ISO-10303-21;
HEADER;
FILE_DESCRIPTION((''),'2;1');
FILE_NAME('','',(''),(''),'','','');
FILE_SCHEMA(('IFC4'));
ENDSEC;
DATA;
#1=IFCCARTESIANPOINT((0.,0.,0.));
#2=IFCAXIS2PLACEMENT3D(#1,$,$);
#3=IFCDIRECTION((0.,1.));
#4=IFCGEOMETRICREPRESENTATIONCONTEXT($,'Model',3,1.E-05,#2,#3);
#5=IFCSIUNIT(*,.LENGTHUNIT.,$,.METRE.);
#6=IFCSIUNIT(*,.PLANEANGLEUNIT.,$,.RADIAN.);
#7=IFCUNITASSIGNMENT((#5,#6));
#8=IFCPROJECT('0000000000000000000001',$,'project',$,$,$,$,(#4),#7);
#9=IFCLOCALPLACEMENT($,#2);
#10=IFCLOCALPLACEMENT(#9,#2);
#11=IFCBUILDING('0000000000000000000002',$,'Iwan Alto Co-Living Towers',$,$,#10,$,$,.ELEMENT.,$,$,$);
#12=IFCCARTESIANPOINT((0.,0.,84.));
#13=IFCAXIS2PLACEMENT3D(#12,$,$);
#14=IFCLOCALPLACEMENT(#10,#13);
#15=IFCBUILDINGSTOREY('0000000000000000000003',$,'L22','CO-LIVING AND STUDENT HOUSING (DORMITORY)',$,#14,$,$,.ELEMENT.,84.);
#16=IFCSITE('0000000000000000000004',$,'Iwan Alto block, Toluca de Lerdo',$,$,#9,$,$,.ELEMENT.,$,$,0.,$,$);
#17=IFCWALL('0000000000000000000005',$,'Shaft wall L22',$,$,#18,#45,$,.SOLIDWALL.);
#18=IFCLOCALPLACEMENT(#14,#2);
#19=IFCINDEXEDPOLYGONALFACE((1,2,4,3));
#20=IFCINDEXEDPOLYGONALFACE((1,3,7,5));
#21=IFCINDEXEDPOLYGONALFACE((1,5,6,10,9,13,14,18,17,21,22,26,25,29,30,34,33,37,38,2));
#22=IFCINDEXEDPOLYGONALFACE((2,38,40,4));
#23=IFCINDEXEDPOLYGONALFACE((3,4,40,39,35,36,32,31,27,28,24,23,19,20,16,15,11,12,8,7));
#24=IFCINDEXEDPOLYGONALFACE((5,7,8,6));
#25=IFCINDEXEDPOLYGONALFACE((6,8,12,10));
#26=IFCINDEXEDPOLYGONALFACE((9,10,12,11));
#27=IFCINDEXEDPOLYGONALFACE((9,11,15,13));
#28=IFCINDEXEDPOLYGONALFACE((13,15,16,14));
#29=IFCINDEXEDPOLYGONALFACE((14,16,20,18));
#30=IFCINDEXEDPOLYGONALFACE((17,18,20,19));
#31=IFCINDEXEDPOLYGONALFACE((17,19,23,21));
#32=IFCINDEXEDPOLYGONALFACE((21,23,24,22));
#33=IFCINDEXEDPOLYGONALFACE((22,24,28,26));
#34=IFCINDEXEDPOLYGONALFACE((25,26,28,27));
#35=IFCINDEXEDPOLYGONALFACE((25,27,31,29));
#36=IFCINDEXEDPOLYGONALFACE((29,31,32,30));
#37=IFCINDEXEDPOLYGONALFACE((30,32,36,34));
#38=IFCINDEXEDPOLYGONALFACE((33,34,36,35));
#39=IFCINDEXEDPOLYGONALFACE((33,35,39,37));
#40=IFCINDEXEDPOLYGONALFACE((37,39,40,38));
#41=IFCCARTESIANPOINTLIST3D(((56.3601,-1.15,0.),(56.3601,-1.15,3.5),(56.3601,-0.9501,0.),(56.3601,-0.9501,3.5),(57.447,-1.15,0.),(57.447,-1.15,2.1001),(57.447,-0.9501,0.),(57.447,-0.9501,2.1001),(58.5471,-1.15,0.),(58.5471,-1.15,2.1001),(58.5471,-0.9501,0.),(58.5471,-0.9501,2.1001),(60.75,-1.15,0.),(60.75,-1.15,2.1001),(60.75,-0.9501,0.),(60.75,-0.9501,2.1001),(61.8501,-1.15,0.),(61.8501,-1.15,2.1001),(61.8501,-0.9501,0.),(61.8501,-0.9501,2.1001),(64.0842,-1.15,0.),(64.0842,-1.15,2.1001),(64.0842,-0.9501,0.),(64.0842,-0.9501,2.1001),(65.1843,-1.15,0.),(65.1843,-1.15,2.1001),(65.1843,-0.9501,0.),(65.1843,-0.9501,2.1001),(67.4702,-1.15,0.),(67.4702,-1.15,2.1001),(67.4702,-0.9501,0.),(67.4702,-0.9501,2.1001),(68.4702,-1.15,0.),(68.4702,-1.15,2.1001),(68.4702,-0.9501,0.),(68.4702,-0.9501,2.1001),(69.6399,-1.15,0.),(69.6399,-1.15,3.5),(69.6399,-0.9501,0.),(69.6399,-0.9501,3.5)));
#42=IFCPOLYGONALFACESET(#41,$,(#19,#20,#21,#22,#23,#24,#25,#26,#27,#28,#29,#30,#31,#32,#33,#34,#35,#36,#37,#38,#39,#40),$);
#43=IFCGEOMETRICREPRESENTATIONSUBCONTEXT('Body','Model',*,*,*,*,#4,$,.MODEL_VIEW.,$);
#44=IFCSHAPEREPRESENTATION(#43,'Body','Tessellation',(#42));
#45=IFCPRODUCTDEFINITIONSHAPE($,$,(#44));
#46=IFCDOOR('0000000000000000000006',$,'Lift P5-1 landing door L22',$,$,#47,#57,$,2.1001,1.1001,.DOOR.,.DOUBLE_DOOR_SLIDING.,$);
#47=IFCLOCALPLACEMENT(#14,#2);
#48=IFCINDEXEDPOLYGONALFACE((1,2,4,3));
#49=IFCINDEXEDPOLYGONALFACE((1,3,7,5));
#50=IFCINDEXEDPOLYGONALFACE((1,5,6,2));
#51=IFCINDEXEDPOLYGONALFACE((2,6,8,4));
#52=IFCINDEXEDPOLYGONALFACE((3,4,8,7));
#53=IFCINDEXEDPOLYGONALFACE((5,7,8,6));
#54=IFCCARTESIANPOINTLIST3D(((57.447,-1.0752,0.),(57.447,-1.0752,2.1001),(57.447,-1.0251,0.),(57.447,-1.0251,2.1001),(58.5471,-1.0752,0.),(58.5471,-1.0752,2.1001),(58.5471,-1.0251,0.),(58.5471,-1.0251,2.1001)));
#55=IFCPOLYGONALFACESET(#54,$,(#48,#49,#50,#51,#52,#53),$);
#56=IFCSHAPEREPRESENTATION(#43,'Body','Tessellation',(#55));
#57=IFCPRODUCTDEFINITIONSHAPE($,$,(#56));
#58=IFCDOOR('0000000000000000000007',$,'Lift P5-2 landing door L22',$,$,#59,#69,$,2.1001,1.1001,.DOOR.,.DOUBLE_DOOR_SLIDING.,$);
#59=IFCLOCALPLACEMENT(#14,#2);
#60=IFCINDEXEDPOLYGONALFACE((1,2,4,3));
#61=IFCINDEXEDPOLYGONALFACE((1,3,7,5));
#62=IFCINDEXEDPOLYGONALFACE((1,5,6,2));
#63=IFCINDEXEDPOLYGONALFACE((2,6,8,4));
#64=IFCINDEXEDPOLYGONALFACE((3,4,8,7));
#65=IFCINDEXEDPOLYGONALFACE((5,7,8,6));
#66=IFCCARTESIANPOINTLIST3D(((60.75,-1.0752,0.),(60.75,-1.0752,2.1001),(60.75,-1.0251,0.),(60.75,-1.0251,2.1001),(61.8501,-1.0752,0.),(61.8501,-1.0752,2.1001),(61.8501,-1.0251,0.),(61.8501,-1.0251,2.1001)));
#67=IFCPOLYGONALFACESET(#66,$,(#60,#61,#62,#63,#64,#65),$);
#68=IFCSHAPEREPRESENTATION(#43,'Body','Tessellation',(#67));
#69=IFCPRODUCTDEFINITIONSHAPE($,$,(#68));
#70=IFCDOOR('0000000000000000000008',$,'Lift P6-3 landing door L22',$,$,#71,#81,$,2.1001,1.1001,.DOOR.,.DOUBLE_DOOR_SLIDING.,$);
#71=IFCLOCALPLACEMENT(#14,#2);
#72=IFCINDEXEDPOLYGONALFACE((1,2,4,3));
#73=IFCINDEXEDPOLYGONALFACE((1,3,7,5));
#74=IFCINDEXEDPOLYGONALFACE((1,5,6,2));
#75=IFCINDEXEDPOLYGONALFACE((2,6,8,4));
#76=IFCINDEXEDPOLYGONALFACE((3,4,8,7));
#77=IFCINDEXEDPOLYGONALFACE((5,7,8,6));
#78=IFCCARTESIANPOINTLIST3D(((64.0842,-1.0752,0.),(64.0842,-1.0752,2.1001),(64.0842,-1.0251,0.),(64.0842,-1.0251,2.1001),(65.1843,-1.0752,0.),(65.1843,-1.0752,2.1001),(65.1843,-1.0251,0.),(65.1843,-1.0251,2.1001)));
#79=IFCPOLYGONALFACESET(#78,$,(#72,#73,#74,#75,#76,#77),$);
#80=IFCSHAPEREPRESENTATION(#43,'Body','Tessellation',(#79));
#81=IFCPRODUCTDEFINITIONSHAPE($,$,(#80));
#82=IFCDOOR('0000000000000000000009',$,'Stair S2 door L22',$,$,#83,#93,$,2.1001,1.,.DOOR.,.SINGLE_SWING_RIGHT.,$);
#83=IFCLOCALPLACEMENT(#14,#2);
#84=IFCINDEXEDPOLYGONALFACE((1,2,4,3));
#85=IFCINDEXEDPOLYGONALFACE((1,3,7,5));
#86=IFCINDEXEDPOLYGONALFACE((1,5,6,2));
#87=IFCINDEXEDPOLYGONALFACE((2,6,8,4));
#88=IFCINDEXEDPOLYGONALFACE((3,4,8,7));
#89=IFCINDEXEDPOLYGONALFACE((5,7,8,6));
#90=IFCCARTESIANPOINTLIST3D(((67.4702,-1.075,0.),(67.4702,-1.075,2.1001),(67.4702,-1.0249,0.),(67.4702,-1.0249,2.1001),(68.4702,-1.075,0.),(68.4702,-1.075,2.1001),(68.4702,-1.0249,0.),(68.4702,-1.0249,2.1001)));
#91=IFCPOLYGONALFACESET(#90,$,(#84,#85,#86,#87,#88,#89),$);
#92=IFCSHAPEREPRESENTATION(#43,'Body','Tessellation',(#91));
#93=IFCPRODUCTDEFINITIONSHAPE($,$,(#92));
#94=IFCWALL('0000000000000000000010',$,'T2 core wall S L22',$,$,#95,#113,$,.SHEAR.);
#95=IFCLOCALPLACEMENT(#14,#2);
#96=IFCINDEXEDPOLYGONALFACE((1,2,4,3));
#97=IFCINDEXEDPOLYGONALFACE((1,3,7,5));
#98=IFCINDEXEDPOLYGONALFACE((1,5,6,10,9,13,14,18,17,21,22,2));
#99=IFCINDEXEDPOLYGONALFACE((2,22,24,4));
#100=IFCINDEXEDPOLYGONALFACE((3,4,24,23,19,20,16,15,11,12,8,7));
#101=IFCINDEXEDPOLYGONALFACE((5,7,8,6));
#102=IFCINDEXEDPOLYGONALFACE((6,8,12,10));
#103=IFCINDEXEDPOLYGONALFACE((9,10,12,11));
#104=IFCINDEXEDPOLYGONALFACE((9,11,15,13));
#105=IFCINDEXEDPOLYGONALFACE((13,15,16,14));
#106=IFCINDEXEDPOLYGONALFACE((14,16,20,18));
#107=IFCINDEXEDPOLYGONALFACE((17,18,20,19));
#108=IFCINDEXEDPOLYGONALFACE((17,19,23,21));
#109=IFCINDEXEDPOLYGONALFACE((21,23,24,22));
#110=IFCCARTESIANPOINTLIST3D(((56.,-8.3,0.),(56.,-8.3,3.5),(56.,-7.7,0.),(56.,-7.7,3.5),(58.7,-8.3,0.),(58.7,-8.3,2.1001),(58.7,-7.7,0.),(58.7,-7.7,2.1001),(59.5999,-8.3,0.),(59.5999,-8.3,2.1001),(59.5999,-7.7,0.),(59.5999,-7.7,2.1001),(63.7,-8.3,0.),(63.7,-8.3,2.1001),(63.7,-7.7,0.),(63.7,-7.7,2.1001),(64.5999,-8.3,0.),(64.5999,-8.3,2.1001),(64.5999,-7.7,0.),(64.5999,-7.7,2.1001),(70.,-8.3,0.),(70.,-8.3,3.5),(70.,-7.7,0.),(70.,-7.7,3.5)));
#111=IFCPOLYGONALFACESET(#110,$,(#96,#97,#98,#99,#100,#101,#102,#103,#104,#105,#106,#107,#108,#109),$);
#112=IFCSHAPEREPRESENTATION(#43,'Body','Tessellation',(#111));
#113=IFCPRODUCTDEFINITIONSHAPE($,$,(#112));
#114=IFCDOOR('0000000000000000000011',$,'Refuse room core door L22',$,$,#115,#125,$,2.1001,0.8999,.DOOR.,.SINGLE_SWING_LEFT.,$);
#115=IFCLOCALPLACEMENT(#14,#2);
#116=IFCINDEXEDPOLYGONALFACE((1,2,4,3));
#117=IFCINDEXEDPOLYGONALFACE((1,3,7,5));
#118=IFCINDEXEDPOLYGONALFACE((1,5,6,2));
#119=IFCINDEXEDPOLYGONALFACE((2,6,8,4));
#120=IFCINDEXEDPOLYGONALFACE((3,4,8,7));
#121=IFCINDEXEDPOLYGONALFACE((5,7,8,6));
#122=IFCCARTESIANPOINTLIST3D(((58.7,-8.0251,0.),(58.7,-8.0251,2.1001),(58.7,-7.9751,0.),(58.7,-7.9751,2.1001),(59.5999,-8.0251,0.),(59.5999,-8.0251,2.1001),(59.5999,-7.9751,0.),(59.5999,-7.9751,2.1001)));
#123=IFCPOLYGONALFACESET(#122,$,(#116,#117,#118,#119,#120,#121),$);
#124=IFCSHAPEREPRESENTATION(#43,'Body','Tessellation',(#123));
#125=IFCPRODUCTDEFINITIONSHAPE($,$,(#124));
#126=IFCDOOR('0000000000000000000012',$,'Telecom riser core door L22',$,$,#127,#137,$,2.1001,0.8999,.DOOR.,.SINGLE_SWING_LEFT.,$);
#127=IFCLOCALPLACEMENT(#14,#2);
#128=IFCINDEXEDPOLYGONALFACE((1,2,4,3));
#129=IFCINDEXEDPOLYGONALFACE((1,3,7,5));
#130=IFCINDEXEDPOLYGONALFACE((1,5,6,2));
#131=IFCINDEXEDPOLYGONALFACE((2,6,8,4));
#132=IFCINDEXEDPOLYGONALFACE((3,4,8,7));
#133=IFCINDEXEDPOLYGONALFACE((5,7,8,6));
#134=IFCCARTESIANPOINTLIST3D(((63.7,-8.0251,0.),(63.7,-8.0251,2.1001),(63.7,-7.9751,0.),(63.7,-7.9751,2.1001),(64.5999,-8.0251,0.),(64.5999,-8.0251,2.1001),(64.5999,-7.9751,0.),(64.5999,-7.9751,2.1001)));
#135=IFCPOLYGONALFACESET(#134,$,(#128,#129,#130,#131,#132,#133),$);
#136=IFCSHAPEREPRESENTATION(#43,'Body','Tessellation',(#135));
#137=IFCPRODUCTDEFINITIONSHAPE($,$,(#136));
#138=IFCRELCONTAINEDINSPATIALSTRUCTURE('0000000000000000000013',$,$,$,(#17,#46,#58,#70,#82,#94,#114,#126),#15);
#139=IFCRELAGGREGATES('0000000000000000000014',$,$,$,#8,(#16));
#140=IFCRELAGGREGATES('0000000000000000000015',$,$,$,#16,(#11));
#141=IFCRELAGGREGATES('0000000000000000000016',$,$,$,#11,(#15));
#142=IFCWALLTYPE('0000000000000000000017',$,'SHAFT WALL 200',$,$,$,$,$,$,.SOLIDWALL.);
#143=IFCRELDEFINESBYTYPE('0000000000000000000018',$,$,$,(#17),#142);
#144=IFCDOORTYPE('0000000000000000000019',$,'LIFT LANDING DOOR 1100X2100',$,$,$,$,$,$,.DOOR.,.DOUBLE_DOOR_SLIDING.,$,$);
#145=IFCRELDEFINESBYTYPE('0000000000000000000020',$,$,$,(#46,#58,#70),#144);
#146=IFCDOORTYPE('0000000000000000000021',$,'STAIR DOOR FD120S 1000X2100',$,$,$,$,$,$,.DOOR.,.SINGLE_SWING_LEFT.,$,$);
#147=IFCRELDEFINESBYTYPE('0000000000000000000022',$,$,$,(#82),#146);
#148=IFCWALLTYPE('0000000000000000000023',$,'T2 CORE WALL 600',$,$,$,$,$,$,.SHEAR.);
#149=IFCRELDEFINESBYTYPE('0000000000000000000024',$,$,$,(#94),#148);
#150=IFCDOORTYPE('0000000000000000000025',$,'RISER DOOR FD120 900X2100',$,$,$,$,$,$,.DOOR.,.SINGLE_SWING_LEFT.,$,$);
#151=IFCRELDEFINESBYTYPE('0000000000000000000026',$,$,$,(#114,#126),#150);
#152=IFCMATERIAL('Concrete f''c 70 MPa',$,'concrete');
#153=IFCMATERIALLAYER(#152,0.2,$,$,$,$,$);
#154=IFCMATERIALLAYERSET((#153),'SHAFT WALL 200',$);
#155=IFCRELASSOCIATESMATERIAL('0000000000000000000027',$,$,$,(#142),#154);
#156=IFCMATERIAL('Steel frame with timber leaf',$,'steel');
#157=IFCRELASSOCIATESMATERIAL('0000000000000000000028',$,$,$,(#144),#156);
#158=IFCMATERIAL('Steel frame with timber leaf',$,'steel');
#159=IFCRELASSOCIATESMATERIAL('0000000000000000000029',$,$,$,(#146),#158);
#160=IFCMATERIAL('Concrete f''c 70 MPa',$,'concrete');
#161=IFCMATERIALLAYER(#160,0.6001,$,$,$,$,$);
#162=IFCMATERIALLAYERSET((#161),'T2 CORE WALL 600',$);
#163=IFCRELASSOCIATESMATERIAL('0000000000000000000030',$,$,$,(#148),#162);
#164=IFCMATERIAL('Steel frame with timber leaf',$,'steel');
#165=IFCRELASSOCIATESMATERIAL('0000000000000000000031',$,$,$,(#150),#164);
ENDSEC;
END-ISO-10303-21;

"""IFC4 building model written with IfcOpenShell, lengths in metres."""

from ifc_helpers import new_model, si_unit, direction, frame, frame_2d, origin, place, context, subcontext, project, spatial, rectangle, extrude, material, layer, layer_set, type_object, element, fill, save


model = new_model("IFC4")

# Units and contexts
model_context = context("Model", 3, precision=1e-05, world=origin(), true_north=direction((0.0, 1.0)))
body_context = subcontext(model_context, "Body", "Model", "MODEL_VIEW")
ifc_project = project(units=[si_unit("LENGTHUNIT", "METRE"), si_unit("PLANEANGLEUNIT", "RADIAN")], contexts=[model_context])

# Site, building, storey
site_placement = place(None, origin())
site = spatial("IfcSite", under=ifc_project, at=site_placement, Name="Iwan Alto block, Toluca de Lerdo", CompositionType="ELEMENT", RefElevation=0.0)
building_placement = place(site_placement, origin())
building = spatial("IfcBuilding", under=site, at=building_placement, Name="Iwan Alto Co-Living Towers", CompositionType="ELEMENT")
storey_placement = place(building_placement, frame((0.0, 0.0, 84.0)))
storey = spatial("IfcBuildingStorey", under=building, at=storey_placement, Name="L22", Description="CO-LIVING AND STUDENT HOUSING (DORMITORY)", CompositionType="ELEMENT", Elevation=84.0)

# Shared definitions
ifc_material_1 = material(Name="Concrete f'c 70 MPa", Category="concrete")
ifc_layer_1 = layer(ifc_material_1, 0.2)
ifc_layer_set_1 = layer_set([ifc_layer_1], Name="SHAFT WALL 200")
wall_type_1 = type_object("IfcWallType", Name="SHAFT WALL 200", PredefinedType="SOLIDWALL", material=ifc_layer_set_1)

# Walls, openings, doors
wall_1_placement = place(storey_placement, frame((56.3601, -1.05, 0.0), z_axis=(0.0, 0.0, 1.0), x_axis=(1.0, 0.0, 0.0)))
wall_1 = element("IfcWall", 1, at=wall_1_placement, inside=storey, type_object=wall_type_1, Name="Shaft wall L22", PredefinedType="SOLIDWALL", context=body_context, shape_type="SweptSolid", body=[
    extrude(rectangle(XDim=13.2798, YDim=0.2, at=frame_2d((6.6399, 0.0))), origin(), (0.0, 0.0, 1.0), 3.5),
])
opening_1_placement = place(wall_1_placement, frame((11.1101, 0.0, 0.0)))
opening_1 = element("IfcOpeningElement", 2, at=opening_1_placement, cuts=wall_1, PredefinedType="OPENING", context=body_context, shape_type="SweptSolid", body=[
    extrude(rectangle(XDim=1.0, YDim=2.1001, at=frame_2d((0.5, 1.05))), frame((0.0, 0.1099, 0.0), z_axis=(0.0, -1.0, 0.0), x_axis=(1.0, 0.0, 0.0)), (0.0, 0.0, 1.0), 0.22),
])
opening_2_placement = place(wall_1_placement, frame((1.0869, 0.0, 0.0)))
opening_2 = element("IfcOpeningElement", 3, at=opening_2_placement, cuts=wall_1, PredefinedType="OPENING", context=body_context, shape_type="SweptSolid", body=[
    extrude(rectangle(XDim=1.1001, YDim=2.1001, at=frame_2d((0.55, 1.05))), frame((0.0, 0.1099, 0.0), z_axis=(0.0, -1.0, 0.0), x_axis=(1.0, 0.0, 0.0)), (0.0, 0.0, 1.0), 0.22),
])
opening_3_placement = place(wall_1_placement, frame((4.3899, 0.0, 0.0)))
opening_3 = element("IfcOpeningElement", 4, at=opening_3_placement, cuts=wall_1, PredefinedType="OPENING", context=body_context, shape_type="SweptSolid", body=[
    extrude(rectangle(XDim=1.1001, YDim=2.1001, at=frame_2d((0.55, 1.05))), frame((0.0, 0.1099, 0.0), z_axis=(0.0, -1.0, 0.0), x_axis=(1.0, 0.0, 0.0)), (0.0, 0.0, 1.0), 0.22),
])
opening_4_placement = place(wall_1_placement, frame((7.7241, 0.0, 0.0)))
opening_4 = element("IfcOpeningElement", 5, at=opening_4_placement, cuts=wall_1, PredefinedType="OPENING", context=body_context, shape_type="SweptSolid", body=[
    extrude(rectangle(XDim=1.1001, YDim=2.1001, at=frame_2d((0.55, 1.05))), frame((0.0, 0.1099, 0.0), z_axis=(0.0, -1.0, 0.0), x_axis=(1.0, 0.0, 0.0)), (0.0, 0.0, 1.0), 0.22),
])
ifc_material_2 = material(Name="Steel frame with timber leaf", Category="steel")
door_type_1 = type_object("IfcDoorType", Name="LIFT LANDING DOOR 1100X2100", OperationType="DOUBLE_DOOR_SLIDING", PredefinedType="DOOR", material=ifc_material_2)
door_1_placement = place(opening_2_placement, origin())
door_1 = element("IfcDoor", 6, at=door_1_placement, inside=storey, type_object=door_type_1, Name="Lift P5-1 landing door L22", OperationType="DOUBLE_DOOR_SLIDING", OverallHeight=2.1001, OverallWidth=1.1001, PredefinedType="DOOR", context=body_context, shape_type="SweptSolid", body=[
    extrude(rectangle(XDim=1.1001, YDim=2.1001, at=frame_2d((0.55, 1.05))), frame((0.0, 0.0249, 0.0), z_axis=(0.0, -1.0, 0.0), x_axis=(1.0, 0.0, 0.0)), (0.0, 0.0, 1.0), 0.05),
])
fill(opening_2, door_1)
door_2_placement = place(opening_3_placement, origin())
door_2 = element("IfcDoor", 7, at=door_2_placement, inside=storey, type_object=door_type_1, Name="Lift P5-2 landing door L22", OperationType="DOUBLE_DOOR_SLIDING", OverallHeight=2.1001, OverallWidth=1.1001, PredefinedType="DOOR", context=body_context, shape_type="SweptSolid", body=[
    extrude(rectangle(XDim=1.1001, YDim=2.1001, at=frame_2d((0.55, 1.05))), frame((0.0, 0.0249, 0.0), z_axis=(0.0, -1.0, 0.0), x_axis=(1.0, 0.0, 0.0)), (0.0, 0.0, 1.0), 0.05),
])
fill(opening_3, door_2)
door_3_placement = place(opening_4_placement, origin())
door_3 = element("IfcDoor", 8, at=door_3_placement, inside=storey, type_object=door_type_1, Name="Lift P6-3 landing door L22", OperationType="DOUBLE_DOOR_SLIDING", OverallHeight=2.1001, OverallWidth=1.1001, PredefinedType="DOOR", context=body_context, shape_type="SweptSolid", body=[
    extrude(rectangle(XDim=1.1001, YDim=2.1001, at=frame_2d((0.55, 1.05))), frame((0.0, 0.0249, 0.0), z_axis=(0.0, -1.0, 0.0), x_axis=(1.0, 0.0, 0.0)), (0.0, 0.0, 1.0), 0.05),
])
fill(opening_4, door_3)
ifc_material_3 = material(Name="Steel frame with timber leaf", Category="steel")
door_type_2 = type_object("IfcDoorType", Name="STAIR DOOR FD120S 1000X2100", OperationType="SINGLE_SWING_LEFT", PredefinedType="DOOR", material=ifc_material_3)
door_4_placement = place(opening_1_placement, frame((1.0, 0.0, 0.0), z_axis=(0.0, 0.0, 1.0), x_axis=(-1.0, 0.0, 0.0)))
door_4 = element("IfcDoor", 9, at=door_4_placement, inside=storey, type_object=door_type_2, Name="Stair S2 door L22", OperationType="SINGLE_SWING_RIGHT", OverallHeight=2.1001, OverallWidth=1.0, PredefinedType="DOOR", context=body_context, shape_type="SweptSolid", body=[
    extrude(rectangle(XDim=1.0, YDim=2.1001, at=frame_2d((0.5, 1.05))), frame((0.0, 0.0249, 0.0), z_axis=(0.0, -1.0, 0.0), x_axis=(1.0, 0.0, 0.0)), (0.0, 0.0, 1.0), 0.05),
])
fill(opening_1, door_4)
ifc_material_4 = material(Name="Concrete f'c 70 MPa", Category="concrete")
ifc_layer_2 = layer(ifc_material_4, 0.6001)
ifc_layer_set_2 = layer_set([ifc_layer_2], Name="T2 CORE WALL 600")
wall_type_2 = type_object("IfcWallType", Name="T2 CORE WALL 600", PredefinedType="SHEAR", material=ifc_layer_set_2)
wall_2_placement = place(storey_placement, frame((56.0, -8.0, 0.0), z_axis=(0.0, 0.0, 1.0), x_axis=(1.0, 0.0, 0.0)))
wall_2 = element("IfcWall", 10, at=wall_2_placement, inside=storey, type_object=wall_type_2, Name="T2 core wall S L22", PredefinedType="SHEAR", context=body_context, shape_type="SweptSolid", body=[
    extrude(rectangle(XDim=14.0, YDim=0.6001, at=frame_2d((7.0, 0.0))), origin(), (0.0, 0.0, 1.0), 3.5),
])
opening_5_placement = place(wall_2_placement, frame((2.7, 0.0, 0.0)))
opening_5 = element("IfcOpeningElement", 11, at=opening_5_placement, cuts=wall_2, PredefinedType="OPENING", context=body_context, shape_type="SweptSolid", body=[
    extrude(rectangle(XDim=0.8999, YDim=2.1001, at=frame_2d((0.45, 1.05))), frame((0.0, 0.3101, 0.0), z_axis=(0.0, -1.0, 0.0), x_axis=(1.0, 0.0, 0.0)), (0.0, 0.0, 1.0), 0.6201),
])
opening_6_placement = place(wall_2_placement, frame((7.7, 0.0, 0.0)))
opening_6 = element("IfcOpeningElement", 12, at=opening_6_placement, cuts=wall_2, PredefinedType="OPENING", context=body_context, shape_type="SweptSolid", body=[
    extrude(rectangle(XDim=0.8999, YDim=2.1001, at=frame_2d((0.45, 1.05))), frame((0.0, 0.3101, 0.0), z_axis=(0.0, -1.0, 0.0), x_axis=(1.0, 0.0, 0.0)), (0.0, 0.0, 1.0), 0.6201),
])
ifc_material_5 = material(Name="Steel frame with timber leaf", Category="steel")
door_type_3 = type_object("IfcDoorType", Name="RISER DOOR FD120 900X2100", OperationType="SINGLE_SWING_LEFT", PredefinedType="DOOR", material=ifc_material_5)
door_5_placement = place(opening_5_placement, origin())
door_5 = element("IfcDoor", 13, at=door_5_placement, inside=storey, type_object=door_type_3, Name="Refuse room core door L22", OperationType="SINGLE_SWING_LEFT", OverallHeight=2.1001, OverallWidth=0.8999, PredefinedType="DOOR", context=body_context, shape_type="SweptSolid", body=[
    extrude(rectangle(XDim=0.8999, YDim=2.1001, at=frame_2d((0.45, 1.05))), frame((0.0, 0.0249, 0.0), z_axis=(0.0, -1.0, 0.0), x_axis=(1.0, 0.0, 0.0)), (0.0, 0.0, 1.0), 0.05),
])
fill(opening_5, door_5)
door_6_placement = place(opening_6_placement, origin())
door_6 = element("IfcDoor", 14, at=door_6_placement, inside=storey, type_object=door_type_3, Name="Telecom riser core door L22", OperationType="SINGLE_SWING_LEFT", OverallHeight=2.1001, OverallWidth=0.8999, PredefinedType="DOOR", context=body_context, shape_type="SweptSolid", body=[
    extrude(rectangle(XDim=0.8999, YDim=2.1001, at=frame_2d((0.45, 1.05))), frame((0.0, 0.0249, 0.0), z_axis=(0.0, -1.0, 0.0), x_axis=(1.0, 0.0, 0.0)), (0.0, 0.0, 1.0), 0.05),
])
fill(opening_6, door_6)

save(model, "model.ifc")
